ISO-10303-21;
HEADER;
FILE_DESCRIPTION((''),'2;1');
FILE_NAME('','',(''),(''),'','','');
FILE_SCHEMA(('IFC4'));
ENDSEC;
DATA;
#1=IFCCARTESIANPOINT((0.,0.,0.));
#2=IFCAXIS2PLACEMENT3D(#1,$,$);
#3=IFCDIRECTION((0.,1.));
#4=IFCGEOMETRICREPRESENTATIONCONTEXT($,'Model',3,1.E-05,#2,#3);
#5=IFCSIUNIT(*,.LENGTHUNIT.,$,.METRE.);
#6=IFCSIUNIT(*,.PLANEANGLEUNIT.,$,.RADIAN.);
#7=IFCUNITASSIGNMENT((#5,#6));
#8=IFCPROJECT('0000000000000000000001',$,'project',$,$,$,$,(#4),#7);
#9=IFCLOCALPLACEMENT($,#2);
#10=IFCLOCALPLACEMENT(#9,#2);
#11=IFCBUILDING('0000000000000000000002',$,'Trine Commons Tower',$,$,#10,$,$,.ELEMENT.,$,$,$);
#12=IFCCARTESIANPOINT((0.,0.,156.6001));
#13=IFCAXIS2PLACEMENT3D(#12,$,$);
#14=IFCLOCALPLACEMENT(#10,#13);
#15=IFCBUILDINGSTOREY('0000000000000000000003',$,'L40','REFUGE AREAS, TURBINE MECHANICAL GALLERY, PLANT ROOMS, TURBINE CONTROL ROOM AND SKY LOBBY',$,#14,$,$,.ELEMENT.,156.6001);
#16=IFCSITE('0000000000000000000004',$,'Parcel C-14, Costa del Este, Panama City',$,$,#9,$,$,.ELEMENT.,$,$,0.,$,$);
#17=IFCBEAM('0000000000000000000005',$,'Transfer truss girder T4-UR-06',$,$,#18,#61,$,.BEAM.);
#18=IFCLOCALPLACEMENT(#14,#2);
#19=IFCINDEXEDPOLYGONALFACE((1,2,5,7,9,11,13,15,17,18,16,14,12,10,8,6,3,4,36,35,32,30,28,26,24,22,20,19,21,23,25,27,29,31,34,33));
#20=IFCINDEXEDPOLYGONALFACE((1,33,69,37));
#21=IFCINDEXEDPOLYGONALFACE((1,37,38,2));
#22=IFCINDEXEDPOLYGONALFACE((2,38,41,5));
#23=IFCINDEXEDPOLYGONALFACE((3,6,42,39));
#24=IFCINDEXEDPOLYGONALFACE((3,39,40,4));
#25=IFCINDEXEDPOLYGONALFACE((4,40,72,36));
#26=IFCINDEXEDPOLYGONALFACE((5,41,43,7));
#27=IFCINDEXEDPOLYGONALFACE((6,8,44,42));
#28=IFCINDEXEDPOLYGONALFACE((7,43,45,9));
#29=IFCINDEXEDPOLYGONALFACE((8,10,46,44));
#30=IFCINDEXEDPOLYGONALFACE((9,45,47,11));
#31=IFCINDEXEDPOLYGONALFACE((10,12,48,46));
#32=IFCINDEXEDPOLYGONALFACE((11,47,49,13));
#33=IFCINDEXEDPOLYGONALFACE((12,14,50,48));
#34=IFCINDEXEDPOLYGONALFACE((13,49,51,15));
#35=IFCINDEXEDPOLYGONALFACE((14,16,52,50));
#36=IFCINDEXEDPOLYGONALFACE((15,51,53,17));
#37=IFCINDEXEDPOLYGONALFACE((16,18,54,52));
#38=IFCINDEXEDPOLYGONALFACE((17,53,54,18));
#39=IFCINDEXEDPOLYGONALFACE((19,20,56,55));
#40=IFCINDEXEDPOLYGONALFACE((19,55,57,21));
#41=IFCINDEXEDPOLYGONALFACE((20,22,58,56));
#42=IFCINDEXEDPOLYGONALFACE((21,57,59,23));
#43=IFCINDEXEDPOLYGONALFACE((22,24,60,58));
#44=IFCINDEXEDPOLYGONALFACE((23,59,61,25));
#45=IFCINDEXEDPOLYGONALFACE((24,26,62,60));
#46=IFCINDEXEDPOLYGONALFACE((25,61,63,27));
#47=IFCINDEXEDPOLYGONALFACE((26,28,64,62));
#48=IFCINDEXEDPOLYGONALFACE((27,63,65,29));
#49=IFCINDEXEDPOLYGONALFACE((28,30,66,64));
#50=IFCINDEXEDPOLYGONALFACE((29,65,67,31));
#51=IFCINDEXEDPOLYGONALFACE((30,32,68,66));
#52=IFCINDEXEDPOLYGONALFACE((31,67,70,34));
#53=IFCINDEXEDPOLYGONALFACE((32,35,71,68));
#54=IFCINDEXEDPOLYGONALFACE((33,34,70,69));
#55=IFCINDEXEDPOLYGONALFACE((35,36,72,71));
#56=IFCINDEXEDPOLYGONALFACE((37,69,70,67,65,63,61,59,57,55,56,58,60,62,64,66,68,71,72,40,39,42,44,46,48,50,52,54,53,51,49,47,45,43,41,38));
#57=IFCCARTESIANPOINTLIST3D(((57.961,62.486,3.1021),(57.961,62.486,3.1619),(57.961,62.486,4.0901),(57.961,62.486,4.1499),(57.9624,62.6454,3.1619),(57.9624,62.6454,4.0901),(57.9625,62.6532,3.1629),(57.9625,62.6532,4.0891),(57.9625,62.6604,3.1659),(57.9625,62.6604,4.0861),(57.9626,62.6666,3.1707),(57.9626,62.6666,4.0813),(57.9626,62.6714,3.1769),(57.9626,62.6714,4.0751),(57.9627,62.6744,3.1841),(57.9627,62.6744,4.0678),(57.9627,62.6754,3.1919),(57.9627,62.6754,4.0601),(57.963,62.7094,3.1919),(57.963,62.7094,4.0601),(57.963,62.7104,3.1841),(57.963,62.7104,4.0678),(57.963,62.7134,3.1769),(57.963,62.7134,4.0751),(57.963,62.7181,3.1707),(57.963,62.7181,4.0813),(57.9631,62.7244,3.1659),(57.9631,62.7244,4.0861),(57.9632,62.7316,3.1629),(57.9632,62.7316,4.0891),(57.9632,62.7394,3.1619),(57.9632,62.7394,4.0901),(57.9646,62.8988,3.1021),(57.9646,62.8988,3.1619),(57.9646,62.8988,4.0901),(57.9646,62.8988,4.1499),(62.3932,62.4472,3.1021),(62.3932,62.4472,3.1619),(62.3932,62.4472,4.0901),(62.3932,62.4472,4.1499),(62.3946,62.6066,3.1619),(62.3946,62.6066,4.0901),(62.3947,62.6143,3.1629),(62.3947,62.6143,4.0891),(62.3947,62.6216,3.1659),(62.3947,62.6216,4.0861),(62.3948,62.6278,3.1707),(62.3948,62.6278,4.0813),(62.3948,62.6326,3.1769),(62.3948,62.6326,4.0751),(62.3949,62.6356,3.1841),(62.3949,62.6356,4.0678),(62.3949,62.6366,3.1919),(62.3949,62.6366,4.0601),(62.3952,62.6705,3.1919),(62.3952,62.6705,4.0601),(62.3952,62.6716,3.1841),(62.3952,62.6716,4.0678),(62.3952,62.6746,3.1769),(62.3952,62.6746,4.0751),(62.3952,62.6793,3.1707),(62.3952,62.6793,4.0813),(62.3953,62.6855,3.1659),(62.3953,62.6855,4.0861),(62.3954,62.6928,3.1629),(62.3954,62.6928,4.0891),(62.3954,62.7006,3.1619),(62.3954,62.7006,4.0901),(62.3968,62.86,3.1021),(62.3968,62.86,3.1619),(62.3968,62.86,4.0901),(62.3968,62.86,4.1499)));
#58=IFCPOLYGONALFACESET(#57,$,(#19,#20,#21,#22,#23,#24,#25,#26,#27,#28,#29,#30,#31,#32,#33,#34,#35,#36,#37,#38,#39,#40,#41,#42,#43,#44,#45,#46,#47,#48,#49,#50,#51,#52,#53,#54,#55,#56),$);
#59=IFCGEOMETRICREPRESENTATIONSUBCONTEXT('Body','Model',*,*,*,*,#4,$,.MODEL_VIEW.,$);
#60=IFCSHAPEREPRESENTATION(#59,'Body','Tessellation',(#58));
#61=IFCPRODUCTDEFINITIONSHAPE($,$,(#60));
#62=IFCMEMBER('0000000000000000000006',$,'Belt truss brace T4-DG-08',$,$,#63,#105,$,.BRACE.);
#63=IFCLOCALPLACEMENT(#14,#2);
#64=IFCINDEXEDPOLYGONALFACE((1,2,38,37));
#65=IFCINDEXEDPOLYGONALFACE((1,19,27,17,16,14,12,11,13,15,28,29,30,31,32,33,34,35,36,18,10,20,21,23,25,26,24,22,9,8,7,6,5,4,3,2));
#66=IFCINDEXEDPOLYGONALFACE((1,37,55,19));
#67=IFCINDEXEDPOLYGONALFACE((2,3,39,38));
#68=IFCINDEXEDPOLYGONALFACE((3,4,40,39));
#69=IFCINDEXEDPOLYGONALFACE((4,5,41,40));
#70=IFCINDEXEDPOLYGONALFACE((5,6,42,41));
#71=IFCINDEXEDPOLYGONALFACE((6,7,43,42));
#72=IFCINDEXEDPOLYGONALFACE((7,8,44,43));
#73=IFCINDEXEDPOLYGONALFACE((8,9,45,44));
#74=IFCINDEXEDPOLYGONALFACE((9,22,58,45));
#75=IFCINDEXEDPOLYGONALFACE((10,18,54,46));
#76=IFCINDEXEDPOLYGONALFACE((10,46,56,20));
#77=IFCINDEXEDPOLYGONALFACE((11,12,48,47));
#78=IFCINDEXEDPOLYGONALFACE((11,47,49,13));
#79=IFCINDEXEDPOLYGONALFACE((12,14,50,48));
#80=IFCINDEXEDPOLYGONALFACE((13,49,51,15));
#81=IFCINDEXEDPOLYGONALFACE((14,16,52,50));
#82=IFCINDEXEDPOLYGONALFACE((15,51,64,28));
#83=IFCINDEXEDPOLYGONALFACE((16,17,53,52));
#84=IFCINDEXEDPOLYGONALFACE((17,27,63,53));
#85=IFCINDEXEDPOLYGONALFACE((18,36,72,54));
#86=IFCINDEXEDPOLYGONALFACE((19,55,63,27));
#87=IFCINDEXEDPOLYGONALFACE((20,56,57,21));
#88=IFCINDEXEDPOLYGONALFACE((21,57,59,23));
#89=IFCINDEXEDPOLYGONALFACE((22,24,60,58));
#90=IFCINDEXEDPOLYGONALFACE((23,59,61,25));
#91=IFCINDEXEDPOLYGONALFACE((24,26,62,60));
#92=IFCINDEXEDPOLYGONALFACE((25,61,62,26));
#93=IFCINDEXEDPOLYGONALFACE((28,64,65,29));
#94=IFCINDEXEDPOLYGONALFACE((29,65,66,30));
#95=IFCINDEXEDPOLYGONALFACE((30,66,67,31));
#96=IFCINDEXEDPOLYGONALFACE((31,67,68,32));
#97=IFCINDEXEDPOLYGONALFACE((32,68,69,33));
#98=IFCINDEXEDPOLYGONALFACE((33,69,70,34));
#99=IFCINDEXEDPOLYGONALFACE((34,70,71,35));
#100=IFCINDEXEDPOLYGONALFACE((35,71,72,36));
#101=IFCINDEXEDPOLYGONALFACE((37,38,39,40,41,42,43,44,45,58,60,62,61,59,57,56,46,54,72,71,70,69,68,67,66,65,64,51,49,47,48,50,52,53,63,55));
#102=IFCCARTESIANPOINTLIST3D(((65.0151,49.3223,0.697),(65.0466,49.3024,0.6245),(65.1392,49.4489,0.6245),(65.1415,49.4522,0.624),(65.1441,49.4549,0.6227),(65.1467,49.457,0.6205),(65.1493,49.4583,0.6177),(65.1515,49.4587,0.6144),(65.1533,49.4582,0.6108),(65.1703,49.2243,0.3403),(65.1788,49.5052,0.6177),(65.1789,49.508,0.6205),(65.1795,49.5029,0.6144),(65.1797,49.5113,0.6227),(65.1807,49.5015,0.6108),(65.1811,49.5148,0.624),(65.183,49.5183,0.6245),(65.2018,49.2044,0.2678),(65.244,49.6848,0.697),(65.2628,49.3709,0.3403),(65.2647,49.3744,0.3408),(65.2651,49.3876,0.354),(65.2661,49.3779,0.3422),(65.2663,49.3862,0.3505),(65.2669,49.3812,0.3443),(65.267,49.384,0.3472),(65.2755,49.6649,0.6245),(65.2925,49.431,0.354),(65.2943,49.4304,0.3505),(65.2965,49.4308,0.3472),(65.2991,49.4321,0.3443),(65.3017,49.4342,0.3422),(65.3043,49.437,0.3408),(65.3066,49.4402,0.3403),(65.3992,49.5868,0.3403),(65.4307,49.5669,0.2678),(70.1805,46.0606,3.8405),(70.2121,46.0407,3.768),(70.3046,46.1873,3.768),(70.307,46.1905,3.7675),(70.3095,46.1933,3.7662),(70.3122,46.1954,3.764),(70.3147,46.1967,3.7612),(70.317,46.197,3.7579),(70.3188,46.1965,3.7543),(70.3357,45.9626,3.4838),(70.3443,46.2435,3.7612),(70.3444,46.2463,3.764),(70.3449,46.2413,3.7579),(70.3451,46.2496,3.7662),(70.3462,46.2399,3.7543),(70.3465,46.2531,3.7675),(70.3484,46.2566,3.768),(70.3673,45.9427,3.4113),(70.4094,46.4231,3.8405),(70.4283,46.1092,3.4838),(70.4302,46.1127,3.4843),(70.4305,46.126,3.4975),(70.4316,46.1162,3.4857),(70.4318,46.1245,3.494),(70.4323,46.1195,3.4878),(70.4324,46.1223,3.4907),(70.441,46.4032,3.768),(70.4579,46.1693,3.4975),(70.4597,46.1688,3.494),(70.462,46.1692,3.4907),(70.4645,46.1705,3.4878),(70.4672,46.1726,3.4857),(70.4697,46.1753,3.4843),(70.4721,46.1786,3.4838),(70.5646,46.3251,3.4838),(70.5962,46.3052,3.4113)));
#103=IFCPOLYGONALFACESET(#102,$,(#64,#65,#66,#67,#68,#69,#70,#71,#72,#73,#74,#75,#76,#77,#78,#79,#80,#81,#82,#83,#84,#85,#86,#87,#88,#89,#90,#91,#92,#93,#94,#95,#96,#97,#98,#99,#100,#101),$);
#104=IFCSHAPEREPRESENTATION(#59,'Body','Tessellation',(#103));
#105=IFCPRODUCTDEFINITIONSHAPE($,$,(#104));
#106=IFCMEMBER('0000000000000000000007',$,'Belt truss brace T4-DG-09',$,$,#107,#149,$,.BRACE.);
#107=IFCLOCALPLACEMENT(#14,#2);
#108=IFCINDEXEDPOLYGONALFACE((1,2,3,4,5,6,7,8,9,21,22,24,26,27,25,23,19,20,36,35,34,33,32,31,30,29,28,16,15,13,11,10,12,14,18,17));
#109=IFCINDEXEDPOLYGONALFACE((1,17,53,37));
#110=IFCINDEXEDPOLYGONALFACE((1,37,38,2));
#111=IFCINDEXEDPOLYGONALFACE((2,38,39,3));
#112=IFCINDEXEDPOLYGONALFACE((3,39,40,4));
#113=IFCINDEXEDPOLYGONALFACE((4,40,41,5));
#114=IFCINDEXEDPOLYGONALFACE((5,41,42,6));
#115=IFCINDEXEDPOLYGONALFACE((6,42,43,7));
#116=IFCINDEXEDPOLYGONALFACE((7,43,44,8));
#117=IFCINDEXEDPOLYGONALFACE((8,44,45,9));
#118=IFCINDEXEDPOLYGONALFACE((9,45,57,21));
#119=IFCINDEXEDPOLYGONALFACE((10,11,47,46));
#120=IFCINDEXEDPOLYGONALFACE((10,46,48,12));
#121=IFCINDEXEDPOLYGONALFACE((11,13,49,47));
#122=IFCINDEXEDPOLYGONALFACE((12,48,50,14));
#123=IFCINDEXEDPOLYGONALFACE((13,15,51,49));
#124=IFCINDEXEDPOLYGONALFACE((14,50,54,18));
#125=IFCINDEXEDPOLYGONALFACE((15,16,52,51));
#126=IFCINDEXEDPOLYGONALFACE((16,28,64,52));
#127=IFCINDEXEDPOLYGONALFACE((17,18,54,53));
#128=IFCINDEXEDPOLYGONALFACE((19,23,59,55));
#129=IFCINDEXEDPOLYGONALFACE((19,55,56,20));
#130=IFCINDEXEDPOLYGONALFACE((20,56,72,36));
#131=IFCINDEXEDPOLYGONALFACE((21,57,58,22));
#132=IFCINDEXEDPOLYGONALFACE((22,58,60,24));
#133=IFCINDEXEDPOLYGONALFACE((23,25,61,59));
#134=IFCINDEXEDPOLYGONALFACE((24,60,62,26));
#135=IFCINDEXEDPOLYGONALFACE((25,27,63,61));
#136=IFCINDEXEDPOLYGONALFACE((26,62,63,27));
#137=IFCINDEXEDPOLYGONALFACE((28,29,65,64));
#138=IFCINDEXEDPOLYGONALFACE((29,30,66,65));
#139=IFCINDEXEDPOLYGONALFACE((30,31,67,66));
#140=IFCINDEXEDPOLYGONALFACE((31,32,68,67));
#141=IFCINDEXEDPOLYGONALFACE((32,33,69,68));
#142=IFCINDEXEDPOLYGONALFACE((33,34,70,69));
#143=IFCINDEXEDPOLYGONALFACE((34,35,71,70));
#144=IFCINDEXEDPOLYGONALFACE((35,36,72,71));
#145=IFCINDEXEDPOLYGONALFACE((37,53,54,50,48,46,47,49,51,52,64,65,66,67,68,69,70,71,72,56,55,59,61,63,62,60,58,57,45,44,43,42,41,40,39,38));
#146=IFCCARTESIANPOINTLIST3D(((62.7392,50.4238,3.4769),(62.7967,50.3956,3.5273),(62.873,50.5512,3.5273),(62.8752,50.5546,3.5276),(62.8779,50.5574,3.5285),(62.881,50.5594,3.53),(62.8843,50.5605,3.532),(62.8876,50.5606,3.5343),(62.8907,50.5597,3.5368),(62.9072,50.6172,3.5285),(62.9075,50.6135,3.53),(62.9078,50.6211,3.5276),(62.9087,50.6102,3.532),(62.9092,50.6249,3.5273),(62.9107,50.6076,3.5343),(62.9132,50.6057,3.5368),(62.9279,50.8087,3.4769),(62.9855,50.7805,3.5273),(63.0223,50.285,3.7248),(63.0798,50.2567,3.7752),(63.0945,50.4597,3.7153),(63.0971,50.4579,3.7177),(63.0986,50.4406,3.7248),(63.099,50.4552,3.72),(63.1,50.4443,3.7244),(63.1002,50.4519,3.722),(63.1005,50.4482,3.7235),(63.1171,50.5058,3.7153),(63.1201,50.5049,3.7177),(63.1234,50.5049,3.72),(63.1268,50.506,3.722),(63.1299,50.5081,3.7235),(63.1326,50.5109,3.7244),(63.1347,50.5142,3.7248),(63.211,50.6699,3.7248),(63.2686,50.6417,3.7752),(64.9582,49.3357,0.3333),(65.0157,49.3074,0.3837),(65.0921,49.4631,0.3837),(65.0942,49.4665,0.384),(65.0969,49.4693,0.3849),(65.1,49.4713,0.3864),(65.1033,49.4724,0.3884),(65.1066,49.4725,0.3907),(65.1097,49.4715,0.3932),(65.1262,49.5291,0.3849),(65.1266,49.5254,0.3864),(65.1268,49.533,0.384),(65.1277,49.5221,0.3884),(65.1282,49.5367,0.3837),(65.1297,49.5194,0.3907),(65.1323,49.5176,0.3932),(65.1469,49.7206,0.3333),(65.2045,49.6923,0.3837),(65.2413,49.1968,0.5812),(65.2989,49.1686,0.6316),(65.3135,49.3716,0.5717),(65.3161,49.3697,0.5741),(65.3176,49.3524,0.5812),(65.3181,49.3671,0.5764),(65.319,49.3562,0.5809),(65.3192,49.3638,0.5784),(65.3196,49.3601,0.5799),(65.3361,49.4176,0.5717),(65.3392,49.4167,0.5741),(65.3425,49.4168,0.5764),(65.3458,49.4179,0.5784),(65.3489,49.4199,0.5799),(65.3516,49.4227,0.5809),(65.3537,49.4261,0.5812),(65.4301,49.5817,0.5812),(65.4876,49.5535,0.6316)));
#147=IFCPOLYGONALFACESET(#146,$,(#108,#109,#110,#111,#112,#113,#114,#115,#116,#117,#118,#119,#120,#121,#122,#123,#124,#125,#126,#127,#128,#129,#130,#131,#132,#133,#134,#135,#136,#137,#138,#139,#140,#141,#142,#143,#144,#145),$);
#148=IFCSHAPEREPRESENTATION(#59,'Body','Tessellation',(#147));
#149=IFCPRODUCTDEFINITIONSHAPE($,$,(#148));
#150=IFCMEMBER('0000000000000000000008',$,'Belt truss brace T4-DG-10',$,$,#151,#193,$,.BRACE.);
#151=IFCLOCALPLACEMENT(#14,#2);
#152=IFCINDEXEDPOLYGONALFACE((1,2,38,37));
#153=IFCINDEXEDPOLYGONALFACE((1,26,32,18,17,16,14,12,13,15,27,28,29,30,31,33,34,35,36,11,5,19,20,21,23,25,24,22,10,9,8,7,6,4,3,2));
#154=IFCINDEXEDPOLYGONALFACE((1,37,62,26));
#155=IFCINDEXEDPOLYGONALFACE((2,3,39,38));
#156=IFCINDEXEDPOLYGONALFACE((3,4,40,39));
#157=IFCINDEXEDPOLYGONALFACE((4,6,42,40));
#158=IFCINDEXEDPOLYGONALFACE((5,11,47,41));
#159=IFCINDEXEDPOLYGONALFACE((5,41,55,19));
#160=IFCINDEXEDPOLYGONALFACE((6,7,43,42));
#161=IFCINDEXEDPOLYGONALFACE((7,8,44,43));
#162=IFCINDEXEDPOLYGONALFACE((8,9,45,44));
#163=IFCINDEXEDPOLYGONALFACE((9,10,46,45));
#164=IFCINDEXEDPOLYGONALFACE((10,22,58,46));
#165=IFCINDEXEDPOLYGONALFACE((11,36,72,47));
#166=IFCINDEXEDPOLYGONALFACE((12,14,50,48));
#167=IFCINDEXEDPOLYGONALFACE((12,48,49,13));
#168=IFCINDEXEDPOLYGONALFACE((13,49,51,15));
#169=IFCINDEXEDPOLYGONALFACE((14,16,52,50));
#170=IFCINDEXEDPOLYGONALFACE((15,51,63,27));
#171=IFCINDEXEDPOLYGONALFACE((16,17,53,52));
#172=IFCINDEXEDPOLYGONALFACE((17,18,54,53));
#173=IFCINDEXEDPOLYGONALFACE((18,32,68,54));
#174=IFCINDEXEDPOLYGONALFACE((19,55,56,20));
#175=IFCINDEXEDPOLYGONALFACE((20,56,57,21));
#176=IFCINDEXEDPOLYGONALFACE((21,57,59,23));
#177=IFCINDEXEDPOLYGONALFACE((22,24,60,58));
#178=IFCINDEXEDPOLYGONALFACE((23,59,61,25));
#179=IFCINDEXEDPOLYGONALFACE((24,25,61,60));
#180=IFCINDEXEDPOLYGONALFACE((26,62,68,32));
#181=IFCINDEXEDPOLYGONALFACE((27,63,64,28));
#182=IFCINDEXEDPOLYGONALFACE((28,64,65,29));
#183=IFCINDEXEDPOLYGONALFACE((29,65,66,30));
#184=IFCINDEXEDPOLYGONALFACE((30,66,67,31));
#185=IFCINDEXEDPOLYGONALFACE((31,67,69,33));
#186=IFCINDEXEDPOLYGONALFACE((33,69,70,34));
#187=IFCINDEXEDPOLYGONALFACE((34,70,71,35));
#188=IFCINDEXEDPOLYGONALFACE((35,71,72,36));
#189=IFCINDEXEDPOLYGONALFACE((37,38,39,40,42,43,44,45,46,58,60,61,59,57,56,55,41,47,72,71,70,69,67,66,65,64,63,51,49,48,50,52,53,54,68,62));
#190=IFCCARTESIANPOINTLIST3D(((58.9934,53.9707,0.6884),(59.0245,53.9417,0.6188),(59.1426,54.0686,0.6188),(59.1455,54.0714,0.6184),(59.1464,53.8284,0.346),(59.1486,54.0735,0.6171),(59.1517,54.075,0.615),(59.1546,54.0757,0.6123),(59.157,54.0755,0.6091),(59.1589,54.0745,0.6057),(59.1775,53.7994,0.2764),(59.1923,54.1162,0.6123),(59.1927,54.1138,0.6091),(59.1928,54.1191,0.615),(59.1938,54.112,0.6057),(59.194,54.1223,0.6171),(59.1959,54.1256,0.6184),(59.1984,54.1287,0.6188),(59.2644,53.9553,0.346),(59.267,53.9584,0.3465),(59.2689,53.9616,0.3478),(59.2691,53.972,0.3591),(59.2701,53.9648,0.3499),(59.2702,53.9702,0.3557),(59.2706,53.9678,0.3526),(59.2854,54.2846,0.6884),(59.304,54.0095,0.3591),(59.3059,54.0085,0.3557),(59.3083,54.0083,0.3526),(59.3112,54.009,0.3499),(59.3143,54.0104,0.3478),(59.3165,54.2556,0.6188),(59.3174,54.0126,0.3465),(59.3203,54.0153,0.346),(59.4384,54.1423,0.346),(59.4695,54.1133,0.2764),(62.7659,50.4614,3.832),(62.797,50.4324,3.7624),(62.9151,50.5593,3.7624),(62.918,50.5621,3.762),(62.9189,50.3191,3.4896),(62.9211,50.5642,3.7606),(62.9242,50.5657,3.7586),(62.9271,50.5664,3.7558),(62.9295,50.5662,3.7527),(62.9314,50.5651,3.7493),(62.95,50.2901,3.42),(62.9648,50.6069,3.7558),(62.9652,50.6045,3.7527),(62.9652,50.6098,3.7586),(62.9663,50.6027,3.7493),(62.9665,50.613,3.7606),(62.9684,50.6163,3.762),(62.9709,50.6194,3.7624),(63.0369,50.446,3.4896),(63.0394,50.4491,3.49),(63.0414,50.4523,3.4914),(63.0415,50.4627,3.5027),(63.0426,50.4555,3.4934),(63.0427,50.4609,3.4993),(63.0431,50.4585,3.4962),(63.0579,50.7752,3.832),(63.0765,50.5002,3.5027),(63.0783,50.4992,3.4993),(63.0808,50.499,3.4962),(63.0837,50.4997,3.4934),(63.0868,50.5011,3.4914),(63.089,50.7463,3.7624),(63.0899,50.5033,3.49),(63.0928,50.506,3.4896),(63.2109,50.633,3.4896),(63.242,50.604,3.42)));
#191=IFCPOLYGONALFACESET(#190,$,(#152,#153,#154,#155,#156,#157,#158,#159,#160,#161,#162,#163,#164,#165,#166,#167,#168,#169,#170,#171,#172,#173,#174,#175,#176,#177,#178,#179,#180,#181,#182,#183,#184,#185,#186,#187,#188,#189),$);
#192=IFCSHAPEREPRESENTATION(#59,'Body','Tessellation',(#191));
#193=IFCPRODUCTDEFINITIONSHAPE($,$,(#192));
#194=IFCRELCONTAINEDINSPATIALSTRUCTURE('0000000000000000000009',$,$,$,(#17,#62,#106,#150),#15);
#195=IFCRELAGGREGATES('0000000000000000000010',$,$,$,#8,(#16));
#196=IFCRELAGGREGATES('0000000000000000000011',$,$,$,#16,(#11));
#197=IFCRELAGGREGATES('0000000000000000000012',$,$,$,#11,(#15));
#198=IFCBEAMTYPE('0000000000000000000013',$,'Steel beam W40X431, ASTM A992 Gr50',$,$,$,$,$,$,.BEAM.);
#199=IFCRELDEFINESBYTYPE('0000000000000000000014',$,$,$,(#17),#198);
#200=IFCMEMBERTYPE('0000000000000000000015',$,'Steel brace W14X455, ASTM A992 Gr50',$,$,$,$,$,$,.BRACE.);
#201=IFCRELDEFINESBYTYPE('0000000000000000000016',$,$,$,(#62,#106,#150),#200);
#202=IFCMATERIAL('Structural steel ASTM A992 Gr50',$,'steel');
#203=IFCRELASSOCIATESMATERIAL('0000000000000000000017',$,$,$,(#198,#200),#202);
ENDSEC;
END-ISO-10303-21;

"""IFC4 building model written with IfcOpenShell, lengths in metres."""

from ifc_helpers import new_model, si_unit, direction, frame, origin, origin_2d, place, context, subcontext, project, spatial, i_section, extrude, material, material_profile, profile_set, type_object, element, save


model = new_model("IFC4")

# Units and contexts
model_context = context("Model", 3, precision=1e-05, world=origin(), true_north=direction((0.0, 1.0)))
body_context = subcontext(model_context, "Body", "Model", "MODEL_VIEW")
ifc_project = project(units=[si_unit("LENGTHUNIT", "METRE"), si_unit("PLANEANGLEUNIT", "RADIAN")], contexts=[model_context])

# Site, building, storey
site_placement = place(None, origin())
site = spatial("IfcSite", under=ifc_project, at=site_placement, Name="Parcel C-14, Costa del Este, Panama City", CompositionType="ELEMENT", RefElevation=0.0)
building_placement = place(site_placement, origin())
building = spatial("IfcBuilding", under=site, at=building_placement, Name="Trine Commons Tower", CompositionType="ELEMENT")
storey_placement = place(building_placement, frame((0.0, 0.0, 156.6001)))
storey = spatial("IfcBuildingStorey", under=building, at=storey_placement, Name="L40", Description="REFUGE AREAS, TURBINE MECHANICAL GALLERY, PLANT ROOMS, TURBINE CONTROL ROOM AND SKY LOBBY", CompositionType="ELEMENT", Elevation=156.6001)

# Beam
ifc_material_1 = material(Name="Structural steel ASTM A992 Gr50", Category="steel")
ifc_material_profile_1 = material_profile(ifc_material_1, i_section(OverallWidth=0.4128, OverallDepth=1.0479, WebThickness=0.0339, FlangeThickness=0.0598, FilletRadius=0.03, at=origin_2d()), Name="W40X431")
ifc_profile_set_1 = profile_set([ifc_material_profile_1], Name="Structural steel ASTM A992 Gr50")
beam_type = type_object("IfcBeamType", Name="Steel beam W40X431, ASTM A992 Gr50", PredefinedType="BEAM", material=ifc_profile_set_1)
beam_placement = place(storey_placement, frame((62.395, 62.6536, 3.626), z_axis=(-0.999962, 0.008758, 0.0), x_axis=(-0.008758, -0.999962, 0.0)))
element("IfcBeam", 1, at=beam_placement, inside=storey, type_object=beam_type, Name="Transfer truss girder T4-UR-06", PredefinedType="BEAM", context=body_context, shape_type="SweptSolid", body=[
    extrude(i_section(OverallWidth=0.4128, OverallDepth=1.0479, WebThickness=0.0339, FlangeThickness=0.0598, FilletRadius=0.03, at=origin_2d()), origin(), (0.0, 0.0, 1.0), 4.4324),
])

# Members
ifc_material_profile_2 = material_profile(ifc_material_1, i_section(OverallWidth=0.4287, OverallDepth=0.4827, WebThickness=0.0513, FlangeThickness=0.0815, FilletRadius=0.0154, at=origin_2d()), Name="W14X455")
ifc_profile_set_2 = profile_set([ifc_material_profile_2], Name="Structural steel ASTM A992 Gr50")
member_type_1 = type_object("IfcMemberType", Name="Steel brace W14X455, ASTM A992 Gr50", PredefinedType="BRACE", material=ifc_profile_set_2)
member_1_placement = place(storey_placement, frame((65.2229, 49.4446, 0.4824), z_axis=(0.751844, -0.474744, 0.457546), x_axis=(0.533909, 0.845542, 0.0)))
element("IfcMember", 2, at=member_1_placement, inside=storey, type_object=member_type_1, Name="Belt truss brace T4-DG-08", PredefinedType="BRACE", context=body_context, shape_type="SweptSolid", body=[
    extrude(i_section(OverallWidth=0.4287, OverallDepth=0.4827, WebThickness=0.0513, FlangeThickness=0.0815, FilletRadius=0.0154, at=origin_2d()), origin(), (0.0, 0.0, 1.0), 6.8704),
])
member_2_placement = place(storey_placement, frame((65.2229, 49.4446, 0.4824), z_axis=(-0.554924, 0.27212, 0.786137), x_axis=(-0.440285, -0.897858, 0.0)))
element("IfcMember", 3, at=member_2_placement, inside=storey, type_object=member_type_1, Name="Belt truss brace T4-DG-09", PredefinedType="BRACE", context=body_context, shape_type="SweptSolid", body=[
    extrude(i_section(OverallWidth=0.4287, OverallDepth=0.4827, WebThickness=0.0513, FlangeThickness=0.0815, FilletRadius=0.0154, at=origin_2d()), origin(), (0.0, 0.0, 1.0), 3.9988),
])
member_3_placement = place(storey_placement, frame((59.2314, 54.042, 0.4824), z_axis=(0.625035, -0.58143, 0.520836), x_axis=(0.681105, 0.732186, 0.0)))
element("IfcMember", 4, at=member_3_placement, inside=storey, type_object=member_type_1, Name="Belt truss brace T4-DG-10", PredefinedType="BRACE", context=body_context, shape_type="SweptSolid", body=[
    extrude(i_section(OverallWidth=0.4287, OverallDepth=0.4827, WebThickness=0.0513, FlangeThickness=0.0815, FilletRadius=0.0154, at=origin_2d()), origin(), (0.0, 0.0, 1.0), 6.0356),
])

save(model, "model.ifc")
